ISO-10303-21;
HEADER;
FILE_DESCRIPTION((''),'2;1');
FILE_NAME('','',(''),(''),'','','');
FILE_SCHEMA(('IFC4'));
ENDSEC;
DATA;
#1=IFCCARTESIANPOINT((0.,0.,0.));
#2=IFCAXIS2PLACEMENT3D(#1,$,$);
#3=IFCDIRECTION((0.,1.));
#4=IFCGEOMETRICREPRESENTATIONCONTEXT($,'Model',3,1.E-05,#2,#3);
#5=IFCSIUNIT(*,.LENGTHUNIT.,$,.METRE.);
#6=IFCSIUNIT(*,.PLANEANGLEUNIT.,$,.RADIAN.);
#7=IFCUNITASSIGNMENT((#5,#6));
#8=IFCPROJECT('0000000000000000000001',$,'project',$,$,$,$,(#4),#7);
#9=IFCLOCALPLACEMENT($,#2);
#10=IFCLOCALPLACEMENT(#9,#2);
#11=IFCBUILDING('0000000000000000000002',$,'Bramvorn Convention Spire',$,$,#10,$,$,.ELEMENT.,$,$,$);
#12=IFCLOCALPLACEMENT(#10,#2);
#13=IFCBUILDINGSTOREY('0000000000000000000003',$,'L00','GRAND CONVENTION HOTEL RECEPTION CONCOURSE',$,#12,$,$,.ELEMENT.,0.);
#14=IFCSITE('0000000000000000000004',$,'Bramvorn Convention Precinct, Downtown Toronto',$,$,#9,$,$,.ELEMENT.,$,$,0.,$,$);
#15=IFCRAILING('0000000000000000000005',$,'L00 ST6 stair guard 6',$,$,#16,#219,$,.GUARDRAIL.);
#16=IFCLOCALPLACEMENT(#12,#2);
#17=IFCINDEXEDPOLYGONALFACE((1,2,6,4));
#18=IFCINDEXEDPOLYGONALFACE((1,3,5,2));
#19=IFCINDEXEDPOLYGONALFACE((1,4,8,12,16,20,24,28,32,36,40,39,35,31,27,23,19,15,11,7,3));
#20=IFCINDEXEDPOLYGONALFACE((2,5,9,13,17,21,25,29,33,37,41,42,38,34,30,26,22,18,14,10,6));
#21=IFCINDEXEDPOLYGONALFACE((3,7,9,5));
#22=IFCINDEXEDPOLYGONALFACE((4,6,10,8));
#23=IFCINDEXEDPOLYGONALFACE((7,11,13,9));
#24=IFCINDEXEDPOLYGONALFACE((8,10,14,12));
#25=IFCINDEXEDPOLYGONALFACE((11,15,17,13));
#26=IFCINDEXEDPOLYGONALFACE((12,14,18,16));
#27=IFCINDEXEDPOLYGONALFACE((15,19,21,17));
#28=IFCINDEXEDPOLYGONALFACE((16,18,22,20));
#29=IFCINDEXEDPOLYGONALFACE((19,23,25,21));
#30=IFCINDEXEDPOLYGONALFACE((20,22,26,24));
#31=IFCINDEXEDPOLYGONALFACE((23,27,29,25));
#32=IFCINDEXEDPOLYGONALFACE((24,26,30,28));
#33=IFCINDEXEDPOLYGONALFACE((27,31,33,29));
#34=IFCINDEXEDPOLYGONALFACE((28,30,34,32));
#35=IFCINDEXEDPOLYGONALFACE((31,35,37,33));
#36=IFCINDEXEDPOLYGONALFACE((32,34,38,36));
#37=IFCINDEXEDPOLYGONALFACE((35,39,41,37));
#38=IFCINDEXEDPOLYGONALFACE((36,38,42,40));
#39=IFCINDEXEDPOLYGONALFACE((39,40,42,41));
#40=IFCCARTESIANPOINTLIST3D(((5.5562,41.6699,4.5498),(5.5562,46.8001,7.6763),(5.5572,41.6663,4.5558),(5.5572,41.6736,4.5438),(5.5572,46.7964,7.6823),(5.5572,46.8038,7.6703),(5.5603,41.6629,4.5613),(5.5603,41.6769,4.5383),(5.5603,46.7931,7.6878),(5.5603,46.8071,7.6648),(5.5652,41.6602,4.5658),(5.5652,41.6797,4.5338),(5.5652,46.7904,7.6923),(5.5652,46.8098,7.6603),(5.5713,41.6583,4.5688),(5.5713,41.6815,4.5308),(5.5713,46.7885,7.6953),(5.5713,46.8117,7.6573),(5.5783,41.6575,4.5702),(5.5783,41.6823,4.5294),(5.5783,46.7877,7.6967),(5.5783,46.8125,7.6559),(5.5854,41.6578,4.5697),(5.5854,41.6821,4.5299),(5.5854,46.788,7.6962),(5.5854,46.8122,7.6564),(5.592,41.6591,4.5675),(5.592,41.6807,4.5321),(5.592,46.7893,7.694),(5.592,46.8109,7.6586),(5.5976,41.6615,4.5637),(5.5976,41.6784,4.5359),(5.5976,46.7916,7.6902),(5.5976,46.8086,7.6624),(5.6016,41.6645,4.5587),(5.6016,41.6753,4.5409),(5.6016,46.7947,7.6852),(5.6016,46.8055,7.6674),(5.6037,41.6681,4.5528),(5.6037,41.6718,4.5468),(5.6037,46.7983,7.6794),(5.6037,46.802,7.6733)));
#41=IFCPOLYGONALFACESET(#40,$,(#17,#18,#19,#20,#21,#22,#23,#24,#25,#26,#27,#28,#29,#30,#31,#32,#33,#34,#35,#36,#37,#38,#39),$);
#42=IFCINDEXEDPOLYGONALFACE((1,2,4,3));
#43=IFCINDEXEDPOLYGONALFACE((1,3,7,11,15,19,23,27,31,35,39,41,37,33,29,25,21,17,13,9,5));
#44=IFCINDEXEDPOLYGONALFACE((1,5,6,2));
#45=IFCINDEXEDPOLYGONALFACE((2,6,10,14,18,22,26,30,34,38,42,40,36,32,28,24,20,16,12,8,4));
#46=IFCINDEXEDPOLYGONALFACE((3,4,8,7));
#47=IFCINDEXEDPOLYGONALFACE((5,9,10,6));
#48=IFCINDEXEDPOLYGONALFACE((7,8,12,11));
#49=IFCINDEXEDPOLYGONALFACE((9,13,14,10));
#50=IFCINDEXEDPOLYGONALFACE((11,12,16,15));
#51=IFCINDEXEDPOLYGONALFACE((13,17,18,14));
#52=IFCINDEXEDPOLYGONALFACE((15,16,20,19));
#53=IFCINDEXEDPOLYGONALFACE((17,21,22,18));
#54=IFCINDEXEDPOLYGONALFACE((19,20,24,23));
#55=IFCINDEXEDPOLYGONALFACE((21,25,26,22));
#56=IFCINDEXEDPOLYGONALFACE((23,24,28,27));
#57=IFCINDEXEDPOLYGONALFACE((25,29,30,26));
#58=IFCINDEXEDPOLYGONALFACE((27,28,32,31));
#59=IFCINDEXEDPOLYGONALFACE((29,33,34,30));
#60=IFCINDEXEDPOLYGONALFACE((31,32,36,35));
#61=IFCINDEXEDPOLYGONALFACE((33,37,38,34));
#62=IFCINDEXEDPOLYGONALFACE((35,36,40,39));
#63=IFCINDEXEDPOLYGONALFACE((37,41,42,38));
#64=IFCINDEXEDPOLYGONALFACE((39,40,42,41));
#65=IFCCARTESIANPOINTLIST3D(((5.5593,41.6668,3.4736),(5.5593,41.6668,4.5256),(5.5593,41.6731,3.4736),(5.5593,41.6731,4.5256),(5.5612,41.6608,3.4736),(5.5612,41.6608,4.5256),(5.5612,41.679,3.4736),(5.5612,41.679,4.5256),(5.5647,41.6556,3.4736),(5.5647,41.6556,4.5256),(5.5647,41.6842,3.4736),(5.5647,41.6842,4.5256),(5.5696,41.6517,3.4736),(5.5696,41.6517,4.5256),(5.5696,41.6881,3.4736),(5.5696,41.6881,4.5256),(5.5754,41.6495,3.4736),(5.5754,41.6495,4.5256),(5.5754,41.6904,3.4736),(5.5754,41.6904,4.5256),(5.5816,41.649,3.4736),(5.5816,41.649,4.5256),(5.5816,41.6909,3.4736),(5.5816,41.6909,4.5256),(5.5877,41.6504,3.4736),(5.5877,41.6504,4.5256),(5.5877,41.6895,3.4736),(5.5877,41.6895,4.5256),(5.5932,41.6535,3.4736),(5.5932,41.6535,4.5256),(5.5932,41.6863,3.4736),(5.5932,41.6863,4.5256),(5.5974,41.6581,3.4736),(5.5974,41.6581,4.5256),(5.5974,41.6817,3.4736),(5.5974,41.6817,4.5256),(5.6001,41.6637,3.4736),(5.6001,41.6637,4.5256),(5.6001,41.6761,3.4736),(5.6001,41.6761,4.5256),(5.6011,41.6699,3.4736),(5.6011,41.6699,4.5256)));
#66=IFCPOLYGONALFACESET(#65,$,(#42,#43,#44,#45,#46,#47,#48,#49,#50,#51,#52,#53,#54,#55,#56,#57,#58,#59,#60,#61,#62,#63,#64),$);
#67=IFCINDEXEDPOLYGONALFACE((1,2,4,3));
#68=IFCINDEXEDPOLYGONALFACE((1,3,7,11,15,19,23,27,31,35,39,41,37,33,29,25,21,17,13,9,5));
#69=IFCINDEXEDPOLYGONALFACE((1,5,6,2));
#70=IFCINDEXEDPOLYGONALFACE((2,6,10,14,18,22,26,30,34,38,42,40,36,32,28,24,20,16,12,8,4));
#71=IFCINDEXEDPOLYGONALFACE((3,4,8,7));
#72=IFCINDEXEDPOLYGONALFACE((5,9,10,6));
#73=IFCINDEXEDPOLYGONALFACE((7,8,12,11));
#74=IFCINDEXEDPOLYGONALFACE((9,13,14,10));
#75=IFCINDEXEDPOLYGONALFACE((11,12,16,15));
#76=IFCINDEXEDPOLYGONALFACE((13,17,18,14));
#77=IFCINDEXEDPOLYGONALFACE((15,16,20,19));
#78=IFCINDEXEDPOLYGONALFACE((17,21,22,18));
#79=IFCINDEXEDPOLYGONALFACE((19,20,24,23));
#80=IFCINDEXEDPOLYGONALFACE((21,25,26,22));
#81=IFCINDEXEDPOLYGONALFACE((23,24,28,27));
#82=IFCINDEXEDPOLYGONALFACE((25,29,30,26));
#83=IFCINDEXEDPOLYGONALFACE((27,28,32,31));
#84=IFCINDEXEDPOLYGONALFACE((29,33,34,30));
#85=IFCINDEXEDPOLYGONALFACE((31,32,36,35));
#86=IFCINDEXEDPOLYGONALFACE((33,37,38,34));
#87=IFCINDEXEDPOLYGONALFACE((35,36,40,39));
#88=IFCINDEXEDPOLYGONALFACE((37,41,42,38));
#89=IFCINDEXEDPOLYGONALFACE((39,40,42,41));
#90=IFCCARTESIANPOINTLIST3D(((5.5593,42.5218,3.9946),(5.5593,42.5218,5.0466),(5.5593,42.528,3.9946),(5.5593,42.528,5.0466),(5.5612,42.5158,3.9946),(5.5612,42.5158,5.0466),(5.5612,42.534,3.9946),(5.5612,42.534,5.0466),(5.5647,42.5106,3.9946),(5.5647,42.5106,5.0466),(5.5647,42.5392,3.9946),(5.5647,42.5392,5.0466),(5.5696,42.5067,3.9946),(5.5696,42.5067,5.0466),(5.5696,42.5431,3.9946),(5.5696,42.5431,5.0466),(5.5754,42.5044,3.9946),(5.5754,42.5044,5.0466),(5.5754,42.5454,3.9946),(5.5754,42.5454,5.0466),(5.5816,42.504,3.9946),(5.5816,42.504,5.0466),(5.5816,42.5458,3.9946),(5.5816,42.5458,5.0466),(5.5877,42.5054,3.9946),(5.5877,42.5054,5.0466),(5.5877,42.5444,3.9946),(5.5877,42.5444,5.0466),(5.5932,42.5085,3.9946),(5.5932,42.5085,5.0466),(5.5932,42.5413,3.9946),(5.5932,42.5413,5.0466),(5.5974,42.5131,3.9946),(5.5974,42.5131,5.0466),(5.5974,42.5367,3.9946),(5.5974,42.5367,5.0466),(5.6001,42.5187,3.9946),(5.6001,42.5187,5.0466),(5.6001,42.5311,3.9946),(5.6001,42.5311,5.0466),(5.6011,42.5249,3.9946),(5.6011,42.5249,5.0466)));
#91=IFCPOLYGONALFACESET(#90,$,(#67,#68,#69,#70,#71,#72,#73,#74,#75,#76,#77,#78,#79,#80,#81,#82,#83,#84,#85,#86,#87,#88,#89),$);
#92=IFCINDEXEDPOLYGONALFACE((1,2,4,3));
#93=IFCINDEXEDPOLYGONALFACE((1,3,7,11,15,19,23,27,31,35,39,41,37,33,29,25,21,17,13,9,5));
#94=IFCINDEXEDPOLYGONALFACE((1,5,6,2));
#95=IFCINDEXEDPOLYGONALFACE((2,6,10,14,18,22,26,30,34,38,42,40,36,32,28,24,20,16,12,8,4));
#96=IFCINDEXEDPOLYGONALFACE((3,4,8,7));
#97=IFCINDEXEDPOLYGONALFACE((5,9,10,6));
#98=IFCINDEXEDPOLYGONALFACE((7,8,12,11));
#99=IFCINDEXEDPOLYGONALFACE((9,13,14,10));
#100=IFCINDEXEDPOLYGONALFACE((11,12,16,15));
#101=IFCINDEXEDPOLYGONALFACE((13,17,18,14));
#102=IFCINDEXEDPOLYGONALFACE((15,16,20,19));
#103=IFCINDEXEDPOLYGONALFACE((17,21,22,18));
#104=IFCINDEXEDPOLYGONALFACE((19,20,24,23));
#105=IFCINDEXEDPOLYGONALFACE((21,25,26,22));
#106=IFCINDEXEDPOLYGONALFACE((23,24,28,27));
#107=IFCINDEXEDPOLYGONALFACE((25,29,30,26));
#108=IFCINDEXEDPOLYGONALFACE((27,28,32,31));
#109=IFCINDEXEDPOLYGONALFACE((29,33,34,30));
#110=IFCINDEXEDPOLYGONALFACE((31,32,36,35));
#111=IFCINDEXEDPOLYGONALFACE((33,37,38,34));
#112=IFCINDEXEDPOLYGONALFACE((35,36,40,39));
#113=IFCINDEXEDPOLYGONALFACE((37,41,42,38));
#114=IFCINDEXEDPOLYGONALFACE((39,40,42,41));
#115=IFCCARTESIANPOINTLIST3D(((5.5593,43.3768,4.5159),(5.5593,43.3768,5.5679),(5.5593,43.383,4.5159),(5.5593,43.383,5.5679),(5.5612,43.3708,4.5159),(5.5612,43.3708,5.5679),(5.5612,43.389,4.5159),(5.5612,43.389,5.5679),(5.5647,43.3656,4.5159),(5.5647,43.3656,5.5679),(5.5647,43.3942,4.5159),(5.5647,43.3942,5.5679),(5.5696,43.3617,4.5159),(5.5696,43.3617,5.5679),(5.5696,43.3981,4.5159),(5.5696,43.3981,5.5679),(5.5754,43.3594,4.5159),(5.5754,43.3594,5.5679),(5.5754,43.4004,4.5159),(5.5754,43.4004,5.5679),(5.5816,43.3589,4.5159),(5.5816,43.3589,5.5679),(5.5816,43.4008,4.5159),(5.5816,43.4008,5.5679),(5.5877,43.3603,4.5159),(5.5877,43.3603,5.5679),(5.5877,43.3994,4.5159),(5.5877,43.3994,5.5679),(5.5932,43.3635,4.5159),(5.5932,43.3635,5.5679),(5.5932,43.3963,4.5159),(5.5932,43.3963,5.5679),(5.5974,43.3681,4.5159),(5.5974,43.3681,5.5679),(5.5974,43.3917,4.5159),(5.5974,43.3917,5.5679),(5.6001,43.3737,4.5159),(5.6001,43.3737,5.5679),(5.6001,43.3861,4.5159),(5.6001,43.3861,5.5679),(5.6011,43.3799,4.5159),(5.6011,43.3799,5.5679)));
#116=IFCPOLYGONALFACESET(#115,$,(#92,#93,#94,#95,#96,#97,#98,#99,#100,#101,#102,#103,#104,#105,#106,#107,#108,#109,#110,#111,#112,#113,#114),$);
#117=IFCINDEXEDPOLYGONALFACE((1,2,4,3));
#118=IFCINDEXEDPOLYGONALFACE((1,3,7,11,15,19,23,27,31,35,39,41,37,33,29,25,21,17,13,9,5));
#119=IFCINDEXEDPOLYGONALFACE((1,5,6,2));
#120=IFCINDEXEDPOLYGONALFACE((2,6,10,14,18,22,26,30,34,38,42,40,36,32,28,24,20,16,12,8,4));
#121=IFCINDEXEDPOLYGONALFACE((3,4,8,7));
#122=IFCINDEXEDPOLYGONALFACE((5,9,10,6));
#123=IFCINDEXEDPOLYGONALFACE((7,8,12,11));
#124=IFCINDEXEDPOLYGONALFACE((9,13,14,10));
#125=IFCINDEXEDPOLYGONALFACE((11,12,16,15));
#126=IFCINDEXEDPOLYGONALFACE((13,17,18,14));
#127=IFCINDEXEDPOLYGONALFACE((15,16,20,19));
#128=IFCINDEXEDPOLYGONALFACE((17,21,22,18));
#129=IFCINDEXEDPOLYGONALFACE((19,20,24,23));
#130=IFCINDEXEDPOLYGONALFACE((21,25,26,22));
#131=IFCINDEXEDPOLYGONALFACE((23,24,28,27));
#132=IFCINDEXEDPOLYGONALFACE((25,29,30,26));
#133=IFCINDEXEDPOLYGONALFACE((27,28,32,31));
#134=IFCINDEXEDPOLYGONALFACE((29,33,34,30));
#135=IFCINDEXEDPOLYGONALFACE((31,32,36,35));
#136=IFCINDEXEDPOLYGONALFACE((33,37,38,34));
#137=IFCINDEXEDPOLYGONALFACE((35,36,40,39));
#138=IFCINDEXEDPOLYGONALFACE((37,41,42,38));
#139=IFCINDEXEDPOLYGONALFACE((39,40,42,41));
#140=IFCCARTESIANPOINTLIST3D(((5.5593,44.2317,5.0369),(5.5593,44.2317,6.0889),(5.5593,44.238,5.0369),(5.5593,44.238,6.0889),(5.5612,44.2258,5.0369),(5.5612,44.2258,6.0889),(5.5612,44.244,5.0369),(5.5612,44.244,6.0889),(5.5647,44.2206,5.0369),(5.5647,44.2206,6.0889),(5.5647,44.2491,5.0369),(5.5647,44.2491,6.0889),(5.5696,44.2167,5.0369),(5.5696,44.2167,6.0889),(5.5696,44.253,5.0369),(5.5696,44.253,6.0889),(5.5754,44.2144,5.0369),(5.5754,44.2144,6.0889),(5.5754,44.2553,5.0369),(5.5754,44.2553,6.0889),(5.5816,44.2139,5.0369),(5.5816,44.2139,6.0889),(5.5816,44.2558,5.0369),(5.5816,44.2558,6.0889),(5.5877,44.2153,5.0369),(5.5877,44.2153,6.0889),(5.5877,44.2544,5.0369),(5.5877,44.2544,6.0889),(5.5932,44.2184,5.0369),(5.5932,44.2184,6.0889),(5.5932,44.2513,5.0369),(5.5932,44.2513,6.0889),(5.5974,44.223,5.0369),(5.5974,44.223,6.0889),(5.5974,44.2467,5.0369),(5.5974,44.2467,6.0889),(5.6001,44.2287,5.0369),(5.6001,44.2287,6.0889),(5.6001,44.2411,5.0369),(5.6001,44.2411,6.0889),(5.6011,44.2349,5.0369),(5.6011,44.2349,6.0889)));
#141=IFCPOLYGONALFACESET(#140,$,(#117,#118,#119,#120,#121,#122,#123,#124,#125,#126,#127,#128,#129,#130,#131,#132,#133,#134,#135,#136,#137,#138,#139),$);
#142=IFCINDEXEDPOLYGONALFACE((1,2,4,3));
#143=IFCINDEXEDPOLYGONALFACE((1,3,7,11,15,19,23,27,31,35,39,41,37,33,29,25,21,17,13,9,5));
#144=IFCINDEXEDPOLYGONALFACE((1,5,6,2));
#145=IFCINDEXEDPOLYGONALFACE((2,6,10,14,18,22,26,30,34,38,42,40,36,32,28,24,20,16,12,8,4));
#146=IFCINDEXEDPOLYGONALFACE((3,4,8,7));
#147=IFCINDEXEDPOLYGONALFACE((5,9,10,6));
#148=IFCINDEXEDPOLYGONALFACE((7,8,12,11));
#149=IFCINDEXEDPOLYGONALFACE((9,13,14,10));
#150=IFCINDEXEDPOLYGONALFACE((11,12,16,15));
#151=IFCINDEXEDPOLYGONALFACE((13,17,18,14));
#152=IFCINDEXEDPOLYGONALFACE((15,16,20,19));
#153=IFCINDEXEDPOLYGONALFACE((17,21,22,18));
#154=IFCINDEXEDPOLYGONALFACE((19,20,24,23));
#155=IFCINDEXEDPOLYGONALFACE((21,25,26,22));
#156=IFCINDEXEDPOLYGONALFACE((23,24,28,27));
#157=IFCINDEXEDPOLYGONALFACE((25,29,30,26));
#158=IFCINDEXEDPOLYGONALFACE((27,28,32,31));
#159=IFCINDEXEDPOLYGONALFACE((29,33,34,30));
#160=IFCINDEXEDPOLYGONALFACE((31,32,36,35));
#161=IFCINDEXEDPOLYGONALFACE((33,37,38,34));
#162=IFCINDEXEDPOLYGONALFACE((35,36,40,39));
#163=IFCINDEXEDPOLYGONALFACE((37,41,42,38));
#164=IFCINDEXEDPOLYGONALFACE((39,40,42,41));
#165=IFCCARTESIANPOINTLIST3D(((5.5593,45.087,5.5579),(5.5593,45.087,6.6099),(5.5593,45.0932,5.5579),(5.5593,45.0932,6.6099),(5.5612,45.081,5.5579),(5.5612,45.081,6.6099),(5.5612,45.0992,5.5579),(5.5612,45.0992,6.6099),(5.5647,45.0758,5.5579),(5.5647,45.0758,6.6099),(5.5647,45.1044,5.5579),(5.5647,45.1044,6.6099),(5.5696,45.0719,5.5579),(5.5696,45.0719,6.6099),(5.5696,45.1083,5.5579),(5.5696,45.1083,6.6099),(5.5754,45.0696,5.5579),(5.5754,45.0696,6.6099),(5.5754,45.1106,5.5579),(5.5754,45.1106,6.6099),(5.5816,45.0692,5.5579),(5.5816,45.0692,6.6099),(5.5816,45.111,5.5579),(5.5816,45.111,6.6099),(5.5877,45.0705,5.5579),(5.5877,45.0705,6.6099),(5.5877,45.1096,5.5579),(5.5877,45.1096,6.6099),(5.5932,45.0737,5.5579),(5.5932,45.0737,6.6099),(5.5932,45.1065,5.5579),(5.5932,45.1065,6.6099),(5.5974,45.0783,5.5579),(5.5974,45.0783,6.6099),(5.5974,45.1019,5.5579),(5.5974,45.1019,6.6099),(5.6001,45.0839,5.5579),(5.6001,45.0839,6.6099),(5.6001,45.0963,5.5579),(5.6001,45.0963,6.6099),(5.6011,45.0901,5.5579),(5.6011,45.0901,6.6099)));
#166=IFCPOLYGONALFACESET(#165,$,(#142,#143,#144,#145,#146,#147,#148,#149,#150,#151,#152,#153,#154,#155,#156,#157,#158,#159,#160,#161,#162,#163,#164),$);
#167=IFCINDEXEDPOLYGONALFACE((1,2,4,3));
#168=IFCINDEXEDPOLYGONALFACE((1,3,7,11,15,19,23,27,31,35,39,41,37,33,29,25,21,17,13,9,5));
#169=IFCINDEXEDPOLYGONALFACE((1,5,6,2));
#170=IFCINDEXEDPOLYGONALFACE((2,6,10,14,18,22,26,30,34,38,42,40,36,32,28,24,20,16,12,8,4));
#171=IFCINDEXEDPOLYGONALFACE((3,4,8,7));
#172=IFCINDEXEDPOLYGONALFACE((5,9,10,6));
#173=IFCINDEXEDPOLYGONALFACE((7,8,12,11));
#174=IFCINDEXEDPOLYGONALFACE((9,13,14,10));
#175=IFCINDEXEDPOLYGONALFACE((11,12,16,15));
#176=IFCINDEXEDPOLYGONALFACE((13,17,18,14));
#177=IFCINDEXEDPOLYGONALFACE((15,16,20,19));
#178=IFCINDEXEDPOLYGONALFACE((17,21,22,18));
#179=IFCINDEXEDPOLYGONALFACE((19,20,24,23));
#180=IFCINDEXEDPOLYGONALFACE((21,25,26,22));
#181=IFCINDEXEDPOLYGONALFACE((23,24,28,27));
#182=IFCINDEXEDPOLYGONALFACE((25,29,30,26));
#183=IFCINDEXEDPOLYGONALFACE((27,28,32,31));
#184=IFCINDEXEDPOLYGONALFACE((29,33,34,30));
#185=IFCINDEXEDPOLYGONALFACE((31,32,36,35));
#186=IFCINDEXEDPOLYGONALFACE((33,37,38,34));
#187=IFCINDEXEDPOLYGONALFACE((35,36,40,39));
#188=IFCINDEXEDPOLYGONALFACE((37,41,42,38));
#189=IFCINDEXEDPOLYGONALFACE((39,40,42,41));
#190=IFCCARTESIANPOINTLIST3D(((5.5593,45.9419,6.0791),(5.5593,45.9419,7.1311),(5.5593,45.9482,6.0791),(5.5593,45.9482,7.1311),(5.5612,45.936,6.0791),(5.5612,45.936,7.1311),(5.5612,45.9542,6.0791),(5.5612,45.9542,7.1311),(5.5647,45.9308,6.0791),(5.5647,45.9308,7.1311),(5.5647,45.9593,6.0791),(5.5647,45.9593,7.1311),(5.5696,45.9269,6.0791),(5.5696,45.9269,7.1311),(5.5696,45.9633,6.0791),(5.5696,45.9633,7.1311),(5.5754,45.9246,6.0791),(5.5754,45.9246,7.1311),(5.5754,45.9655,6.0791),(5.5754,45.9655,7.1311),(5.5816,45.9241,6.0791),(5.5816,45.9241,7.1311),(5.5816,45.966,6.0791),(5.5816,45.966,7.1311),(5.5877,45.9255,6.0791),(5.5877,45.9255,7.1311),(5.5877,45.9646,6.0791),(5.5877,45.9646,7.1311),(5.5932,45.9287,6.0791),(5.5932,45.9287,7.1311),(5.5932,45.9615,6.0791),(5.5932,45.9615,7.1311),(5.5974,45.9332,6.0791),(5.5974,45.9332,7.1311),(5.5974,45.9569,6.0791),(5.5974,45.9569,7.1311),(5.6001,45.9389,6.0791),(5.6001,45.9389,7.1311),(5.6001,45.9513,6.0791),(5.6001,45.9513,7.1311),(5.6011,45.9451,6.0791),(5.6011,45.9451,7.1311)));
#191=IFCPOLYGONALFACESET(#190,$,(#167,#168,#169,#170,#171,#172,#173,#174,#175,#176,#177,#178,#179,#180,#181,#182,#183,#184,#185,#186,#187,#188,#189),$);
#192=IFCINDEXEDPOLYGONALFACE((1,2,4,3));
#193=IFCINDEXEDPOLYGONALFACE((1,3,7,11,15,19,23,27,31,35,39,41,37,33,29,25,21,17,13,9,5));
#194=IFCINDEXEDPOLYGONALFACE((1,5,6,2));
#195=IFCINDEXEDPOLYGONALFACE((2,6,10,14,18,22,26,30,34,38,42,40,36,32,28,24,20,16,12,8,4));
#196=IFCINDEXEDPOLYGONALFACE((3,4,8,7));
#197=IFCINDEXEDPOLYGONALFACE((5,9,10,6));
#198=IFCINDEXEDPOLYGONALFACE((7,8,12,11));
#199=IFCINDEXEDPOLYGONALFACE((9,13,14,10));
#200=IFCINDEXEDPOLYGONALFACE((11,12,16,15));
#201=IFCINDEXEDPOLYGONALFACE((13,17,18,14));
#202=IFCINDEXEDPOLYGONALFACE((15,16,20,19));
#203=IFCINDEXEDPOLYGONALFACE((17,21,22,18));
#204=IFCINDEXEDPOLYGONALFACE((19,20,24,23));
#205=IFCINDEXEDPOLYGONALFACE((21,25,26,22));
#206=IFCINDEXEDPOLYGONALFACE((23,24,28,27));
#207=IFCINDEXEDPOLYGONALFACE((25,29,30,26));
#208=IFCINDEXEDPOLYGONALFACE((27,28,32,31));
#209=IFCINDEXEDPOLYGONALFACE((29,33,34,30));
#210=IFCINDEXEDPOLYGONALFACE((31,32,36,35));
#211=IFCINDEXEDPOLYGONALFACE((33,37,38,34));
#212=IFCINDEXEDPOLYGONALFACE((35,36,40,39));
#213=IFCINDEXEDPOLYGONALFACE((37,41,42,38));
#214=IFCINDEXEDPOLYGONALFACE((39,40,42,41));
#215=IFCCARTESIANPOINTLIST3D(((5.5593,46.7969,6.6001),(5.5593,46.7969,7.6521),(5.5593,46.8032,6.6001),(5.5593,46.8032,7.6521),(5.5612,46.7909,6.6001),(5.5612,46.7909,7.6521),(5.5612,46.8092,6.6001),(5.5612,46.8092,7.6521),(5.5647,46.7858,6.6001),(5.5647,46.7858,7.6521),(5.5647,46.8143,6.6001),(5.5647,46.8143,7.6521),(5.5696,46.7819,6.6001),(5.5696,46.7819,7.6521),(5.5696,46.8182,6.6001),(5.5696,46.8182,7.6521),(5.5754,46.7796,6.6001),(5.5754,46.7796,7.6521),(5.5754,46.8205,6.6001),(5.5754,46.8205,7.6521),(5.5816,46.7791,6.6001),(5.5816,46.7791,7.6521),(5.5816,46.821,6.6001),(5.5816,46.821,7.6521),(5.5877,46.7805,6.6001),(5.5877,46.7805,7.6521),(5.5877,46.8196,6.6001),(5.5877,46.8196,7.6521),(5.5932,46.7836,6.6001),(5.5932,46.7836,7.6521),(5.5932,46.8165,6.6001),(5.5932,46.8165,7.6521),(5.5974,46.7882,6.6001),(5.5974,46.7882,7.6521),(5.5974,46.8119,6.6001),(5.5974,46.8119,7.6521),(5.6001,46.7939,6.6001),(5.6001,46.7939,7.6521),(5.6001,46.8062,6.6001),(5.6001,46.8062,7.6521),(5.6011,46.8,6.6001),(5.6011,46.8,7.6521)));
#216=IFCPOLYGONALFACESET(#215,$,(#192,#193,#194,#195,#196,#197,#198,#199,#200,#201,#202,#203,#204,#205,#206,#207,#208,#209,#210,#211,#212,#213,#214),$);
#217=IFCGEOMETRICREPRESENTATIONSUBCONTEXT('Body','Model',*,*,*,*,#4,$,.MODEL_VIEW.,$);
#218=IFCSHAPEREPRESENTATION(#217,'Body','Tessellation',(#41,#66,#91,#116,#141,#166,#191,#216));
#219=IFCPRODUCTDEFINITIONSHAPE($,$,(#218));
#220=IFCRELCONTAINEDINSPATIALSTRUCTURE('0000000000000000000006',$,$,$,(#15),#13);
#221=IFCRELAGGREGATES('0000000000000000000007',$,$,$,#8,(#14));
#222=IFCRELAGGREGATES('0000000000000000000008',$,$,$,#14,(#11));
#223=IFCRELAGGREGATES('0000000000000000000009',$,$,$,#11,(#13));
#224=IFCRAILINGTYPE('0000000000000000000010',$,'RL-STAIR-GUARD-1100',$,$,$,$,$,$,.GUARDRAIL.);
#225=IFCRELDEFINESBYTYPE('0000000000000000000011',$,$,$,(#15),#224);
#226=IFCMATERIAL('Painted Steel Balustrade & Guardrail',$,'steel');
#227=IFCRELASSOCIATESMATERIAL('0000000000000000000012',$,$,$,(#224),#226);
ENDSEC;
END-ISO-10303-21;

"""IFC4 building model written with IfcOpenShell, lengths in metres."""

from ifc_helpers import new_model, si_unit, direction, frame, origin, origin_2d, place, context, subcontext, project, spatial, circle, extrude, material, type_object, element, save


model = new_model("IFC4")

# Units and contexts
model_context = context("Model", 3, precision=1e-05, world=origin(), true_north=direction((0.0, 1.0)))
body_context = subcontext(model_context, "Body", "Model", "MODEL_VIEW")
ifc_project = project(units=[si_unit("LENGTHUNIT", "METRE"), si_unit("PLANEANGLEUNIT", "RADIAN")], contexts=[model_context])

# Site, building, storey
site_placement = place(None, origin())
site = spatial("IfcSite", under=ifc_project, at=site_placement, Name="Bramvorn Convention Precinct, Downtown Toronto", CompositionType="ELEMENT", RefElevation=0.0)
building_placement = place(site_placement, origin())
building = spatial("IfcBuilding", under=site, at=building_placement, Name="Bramvorn Convention Spire", CompositionType="ELEMENT")
storey_placement = place(building_placement, origin())
storey = spatial("IfcBuildingStorey", under=building, at=storey_placement, Name="L00", Description="GRAND CONVENTION HOTEL RECEPTION CONCOURSE", CompositionType="ELEMENT", Elevation=0.0)

# Railing
ifc_material_1 = material(Name="Painted Steel Balustrade & Guardrail", Category="steel")
railing_type_1 = type_object("IfcRailingType", Name="RL-STAIR-GUARD-1100", PredefinedType="GUARDRAIL", material=ifc_material_1)
railing_1_placement = place(storey_placement, frame((5.5801, 41.6699, 3.4736)))
element("IfcRailing", 1, at=railing_1_placement, inside=storey, type_object=railing_type_1, Name="L00 ST6 stair guard 6", PredefinedType="GUARDRAIL", context=body_context, shape_type="SweptSolid", body=[
    extrude(circle(Radius=0.0239, at=origin_2d()), frame((0.0, 0.0, 1.0762), z_axis=(0.0, 0.853919, 0.520406), x_axis=(-1.0, 0.0, 0.0)), (0.0, 0.0, 1.0), 6.0078),
    extrude(circle(Radius=0.021, at=origin_2d()), origin(), (0.0, 0.0, 1.0), 1.052),
    extrude(circle(Radius=0.021, at=origin_2d()), frame((0.0, 0.855, 0.521)), (0.0, 0.0, 1.0), 1.052),
    extrude(circle(Radius=0.021, at=origin_2d()), frame((0.0, 1.71, 1.0422)), (0.0, 0.0, 1.0), 1.052),
    extrude(circle(Radius=0.021, at=origin_2d()), frame((0.0, 2.5649, 1.5632)), (0.0, 0.0, 1.0), 1.052),
    extrude(circle(Radius=0.021, at=origin_2d()), frame((0.0, 3.4202, 2.0842)), (0.0, 0.0, 1.0), 1.052),
    extrude(circle(Radius=0.021, at=origin_2d()), frame((0.0, 4.2751, 2.6055)), (0.0, 0.0, 1.0), 1.052),
    extrude(circle(Radius=0.021, at=origin_2d()), frame((0.0, 5.1301, 3.1265)), (0.0, 0.0, 1.0), 1.052),
])

save(model, "model.ifc")
